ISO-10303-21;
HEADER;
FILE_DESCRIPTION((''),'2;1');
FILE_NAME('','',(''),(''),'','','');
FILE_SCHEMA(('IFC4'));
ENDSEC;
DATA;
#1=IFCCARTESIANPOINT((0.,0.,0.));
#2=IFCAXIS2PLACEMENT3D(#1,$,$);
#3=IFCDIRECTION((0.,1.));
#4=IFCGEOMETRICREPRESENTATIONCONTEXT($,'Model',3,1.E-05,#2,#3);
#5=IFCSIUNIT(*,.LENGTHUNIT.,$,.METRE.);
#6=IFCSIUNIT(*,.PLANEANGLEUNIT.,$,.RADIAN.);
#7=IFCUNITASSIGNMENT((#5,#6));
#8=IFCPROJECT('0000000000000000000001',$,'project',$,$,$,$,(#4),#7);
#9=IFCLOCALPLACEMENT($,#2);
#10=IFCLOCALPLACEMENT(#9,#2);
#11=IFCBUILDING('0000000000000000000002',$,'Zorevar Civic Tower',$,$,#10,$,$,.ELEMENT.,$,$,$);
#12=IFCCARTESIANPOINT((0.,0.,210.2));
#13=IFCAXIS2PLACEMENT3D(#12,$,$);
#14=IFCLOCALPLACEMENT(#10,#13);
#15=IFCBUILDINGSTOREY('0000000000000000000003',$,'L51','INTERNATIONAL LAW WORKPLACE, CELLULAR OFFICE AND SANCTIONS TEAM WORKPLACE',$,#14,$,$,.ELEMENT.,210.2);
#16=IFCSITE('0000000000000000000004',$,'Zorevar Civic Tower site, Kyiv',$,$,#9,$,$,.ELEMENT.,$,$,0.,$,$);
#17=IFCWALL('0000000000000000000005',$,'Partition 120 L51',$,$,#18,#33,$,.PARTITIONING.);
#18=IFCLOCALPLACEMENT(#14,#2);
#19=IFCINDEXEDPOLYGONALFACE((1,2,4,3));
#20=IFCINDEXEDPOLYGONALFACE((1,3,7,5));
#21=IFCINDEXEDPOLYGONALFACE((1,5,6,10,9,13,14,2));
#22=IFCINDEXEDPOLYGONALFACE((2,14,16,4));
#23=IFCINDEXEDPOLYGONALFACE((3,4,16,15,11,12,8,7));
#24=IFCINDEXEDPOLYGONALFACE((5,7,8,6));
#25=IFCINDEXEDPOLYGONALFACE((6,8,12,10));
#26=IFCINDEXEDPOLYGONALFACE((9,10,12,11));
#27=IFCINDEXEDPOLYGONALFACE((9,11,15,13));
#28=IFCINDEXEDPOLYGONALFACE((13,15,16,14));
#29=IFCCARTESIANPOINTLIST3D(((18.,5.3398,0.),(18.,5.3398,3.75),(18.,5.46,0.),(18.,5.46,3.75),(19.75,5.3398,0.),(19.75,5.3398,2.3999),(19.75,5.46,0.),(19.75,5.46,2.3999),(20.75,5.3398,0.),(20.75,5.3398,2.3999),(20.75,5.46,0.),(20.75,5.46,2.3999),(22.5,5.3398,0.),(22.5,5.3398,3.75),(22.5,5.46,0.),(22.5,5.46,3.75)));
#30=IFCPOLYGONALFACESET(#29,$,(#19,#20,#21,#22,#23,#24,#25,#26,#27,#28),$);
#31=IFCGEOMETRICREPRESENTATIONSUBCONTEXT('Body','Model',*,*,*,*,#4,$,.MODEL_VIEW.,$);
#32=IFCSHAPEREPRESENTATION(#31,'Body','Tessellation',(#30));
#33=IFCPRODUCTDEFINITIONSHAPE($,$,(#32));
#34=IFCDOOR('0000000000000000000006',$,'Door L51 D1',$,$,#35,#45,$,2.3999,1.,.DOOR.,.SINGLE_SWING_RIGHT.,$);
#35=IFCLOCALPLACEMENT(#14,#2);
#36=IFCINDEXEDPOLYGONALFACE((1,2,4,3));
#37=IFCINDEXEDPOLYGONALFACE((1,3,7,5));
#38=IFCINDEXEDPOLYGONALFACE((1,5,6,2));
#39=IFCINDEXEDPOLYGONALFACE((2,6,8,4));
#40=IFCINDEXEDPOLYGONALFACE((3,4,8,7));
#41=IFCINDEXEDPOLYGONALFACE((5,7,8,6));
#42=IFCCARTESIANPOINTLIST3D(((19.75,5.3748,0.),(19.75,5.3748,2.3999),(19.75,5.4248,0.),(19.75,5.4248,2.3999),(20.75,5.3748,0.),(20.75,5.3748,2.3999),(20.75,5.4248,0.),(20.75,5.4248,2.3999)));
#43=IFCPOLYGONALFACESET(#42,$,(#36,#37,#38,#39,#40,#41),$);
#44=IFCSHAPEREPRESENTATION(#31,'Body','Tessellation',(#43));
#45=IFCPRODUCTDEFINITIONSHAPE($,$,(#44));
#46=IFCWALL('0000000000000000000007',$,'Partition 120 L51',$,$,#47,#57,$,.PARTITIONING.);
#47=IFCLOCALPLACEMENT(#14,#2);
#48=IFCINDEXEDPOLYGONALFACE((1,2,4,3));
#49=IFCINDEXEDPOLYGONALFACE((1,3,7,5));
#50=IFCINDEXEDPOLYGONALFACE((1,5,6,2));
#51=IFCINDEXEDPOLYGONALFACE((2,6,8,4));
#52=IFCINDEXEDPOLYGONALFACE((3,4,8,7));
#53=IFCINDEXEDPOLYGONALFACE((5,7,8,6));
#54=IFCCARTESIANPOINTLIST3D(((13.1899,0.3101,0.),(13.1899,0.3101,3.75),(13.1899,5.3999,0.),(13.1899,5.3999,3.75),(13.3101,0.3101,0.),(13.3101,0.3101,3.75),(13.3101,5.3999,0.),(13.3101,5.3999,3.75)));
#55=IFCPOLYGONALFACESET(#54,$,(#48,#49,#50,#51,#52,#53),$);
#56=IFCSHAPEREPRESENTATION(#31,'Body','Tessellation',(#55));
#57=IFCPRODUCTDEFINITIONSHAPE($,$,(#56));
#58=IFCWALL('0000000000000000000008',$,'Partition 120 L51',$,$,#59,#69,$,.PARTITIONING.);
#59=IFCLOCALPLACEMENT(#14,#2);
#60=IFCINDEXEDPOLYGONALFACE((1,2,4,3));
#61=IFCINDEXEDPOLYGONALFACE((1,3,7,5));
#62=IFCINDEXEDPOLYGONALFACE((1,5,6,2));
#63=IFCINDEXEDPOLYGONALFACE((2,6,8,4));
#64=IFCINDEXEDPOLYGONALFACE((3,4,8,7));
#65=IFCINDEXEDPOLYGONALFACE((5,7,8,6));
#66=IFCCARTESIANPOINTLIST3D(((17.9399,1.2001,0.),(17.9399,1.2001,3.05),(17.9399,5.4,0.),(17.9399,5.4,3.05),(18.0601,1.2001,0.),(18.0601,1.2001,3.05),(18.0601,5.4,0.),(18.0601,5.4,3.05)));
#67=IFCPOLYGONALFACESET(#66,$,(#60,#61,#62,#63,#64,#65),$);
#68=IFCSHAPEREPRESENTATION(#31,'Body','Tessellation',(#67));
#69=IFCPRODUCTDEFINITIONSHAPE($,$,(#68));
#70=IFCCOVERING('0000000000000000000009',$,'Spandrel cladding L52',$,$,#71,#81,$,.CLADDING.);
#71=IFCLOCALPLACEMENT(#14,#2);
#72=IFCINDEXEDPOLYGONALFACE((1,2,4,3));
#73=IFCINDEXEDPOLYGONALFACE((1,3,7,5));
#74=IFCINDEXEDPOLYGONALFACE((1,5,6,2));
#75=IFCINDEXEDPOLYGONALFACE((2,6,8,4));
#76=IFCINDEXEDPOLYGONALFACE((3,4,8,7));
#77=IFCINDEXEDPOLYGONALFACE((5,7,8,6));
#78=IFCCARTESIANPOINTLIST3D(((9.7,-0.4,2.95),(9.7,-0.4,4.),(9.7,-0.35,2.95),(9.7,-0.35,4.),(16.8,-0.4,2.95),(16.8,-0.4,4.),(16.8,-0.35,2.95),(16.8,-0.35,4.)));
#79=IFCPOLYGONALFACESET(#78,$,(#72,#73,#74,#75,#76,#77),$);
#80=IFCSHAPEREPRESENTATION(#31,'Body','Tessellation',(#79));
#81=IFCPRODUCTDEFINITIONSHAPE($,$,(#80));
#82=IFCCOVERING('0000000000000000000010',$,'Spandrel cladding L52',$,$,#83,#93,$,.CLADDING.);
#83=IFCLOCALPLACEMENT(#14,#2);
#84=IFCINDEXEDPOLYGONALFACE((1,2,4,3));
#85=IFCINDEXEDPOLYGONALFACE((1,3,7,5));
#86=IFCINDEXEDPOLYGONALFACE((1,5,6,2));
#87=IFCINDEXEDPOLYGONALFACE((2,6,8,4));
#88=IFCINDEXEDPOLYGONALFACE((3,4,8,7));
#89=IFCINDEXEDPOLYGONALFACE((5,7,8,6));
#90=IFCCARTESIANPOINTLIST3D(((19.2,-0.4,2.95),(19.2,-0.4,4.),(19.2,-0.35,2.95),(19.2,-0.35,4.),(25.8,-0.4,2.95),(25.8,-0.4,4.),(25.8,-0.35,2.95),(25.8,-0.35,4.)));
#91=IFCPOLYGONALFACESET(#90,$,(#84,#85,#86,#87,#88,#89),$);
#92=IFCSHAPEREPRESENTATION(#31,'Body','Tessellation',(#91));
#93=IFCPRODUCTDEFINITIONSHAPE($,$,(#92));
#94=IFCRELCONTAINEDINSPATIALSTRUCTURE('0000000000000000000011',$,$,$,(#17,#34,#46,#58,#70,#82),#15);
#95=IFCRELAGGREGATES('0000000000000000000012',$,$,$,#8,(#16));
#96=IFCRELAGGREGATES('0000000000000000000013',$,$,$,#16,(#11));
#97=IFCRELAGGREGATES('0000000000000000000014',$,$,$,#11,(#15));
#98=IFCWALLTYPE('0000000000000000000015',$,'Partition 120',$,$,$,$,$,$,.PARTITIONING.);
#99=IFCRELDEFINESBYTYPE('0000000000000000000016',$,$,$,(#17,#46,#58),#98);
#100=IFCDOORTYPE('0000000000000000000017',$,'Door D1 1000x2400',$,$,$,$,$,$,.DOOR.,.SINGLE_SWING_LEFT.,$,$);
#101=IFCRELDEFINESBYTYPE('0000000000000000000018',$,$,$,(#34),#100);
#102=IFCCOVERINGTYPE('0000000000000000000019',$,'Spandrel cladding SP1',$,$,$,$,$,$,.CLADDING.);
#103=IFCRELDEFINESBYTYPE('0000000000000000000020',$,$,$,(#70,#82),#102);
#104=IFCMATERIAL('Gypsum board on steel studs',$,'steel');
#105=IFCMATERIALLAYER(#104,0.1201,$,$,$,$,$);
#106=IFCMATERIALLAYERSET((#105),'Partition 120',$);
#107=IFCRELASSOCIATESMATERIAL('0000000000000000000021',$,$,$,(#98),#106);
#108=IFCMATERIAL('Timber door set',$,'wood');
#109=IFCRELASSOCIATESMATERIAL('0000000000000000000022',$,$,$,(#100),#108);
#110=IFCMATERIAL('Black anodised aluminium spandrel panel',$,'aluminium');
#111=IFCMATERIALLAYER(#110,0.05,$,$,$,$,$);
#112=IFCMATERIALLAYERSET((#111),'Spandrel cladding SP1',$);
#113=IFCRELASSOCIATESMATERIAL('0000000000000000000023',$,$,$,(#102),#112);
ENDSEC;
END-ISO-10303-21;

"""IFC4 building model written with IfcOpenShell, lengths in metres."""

from ifc_helpers import new_model, si_unit, direction, frame, frame_2d, origin, place, context, subcontext, project, spatial, rectangle, extrude, material, layer, layer_set, type_object, element, fill, save


model = new_model("IFC4")

# Units and contexts
model_context = context("Model", 3, precision=1e-05, world=origin(), true_north=direction((0.0, 1.0)))
body_context = subcontext(model_context, "Body", "Model", "MODEL_VIEW")
ifc_project = project(units=[si_unit("LENGTHUNIT", "METRE"), si_unit("PLANEANGLEUNIT", "RADIAN")], contexts=[model_context])

# Site, building, storey
site_placement = place(None, origin())
site = spatial("IfcSite", under=ifc_project, at=site_placement, Name="Zorevar Civic Tower site, Kyiv", CompositionType="ELEMENT", RefElevation=0.0)
building_placement = place(site_placement, origin())
building = spatial("IfcBuilding", under=site, at=building_placement, Name="Zorevar Civic Tower", CompositionType="ELEMENT")
storey_placement = place(building_placement, frame((0.0, 0.0, 210.2)))
storey = spatial("IfcBuildingStorey", under=building, at=storey_placement, Name="L51", Description="INTERNATIONAL LAW WORKPLACE, CELLULAR OFFICE AND SANCTIONS TEAM WORKPLACE", CompositionType="ELEMENT", Elevation=210.2)

# Wall, opening, door
ifc_material_1 = material(Name="Gypsum board on steel studs", Category="steel")
ifc_layer_1 = layer(ifc_material_1, 0.1201)
ifc_layer_set_1 = layer_set([ifc_layer_1], Name="Partition 120")
wall_type_1 = type_object("IfcWallType", Name="Partition 120", PredefinedType="PARTITIONING", material=ifc_layer_set_1)
ifc_material_2 = material(Name="Timber door set", Category="wood")
door_type_1 = type_object("IfcDoorType", Name="Door D1 1000x2400", OperationType="SINGLE_SWING_LEFT", PredefinedType="DOOR", material=ifc_material_2)
wall_1_placement = place(storey_placement, frame((18.0, 5.3999, 0.0), z_axis=(0.0, 0.0, 1.0), x_axis=(1.0, 0.0, 0.0)))
wall_1 = element("IfcWall", 1, at=wall_1_placement, inside=storey, type_object=wall_type_1, Name="Partition 120 L51", PredefinedType="PARTITIONING", context=body_context, shape_type="SweptSolid", body=[
    extrude(rectangle(XDim=4.5, YDim=0.1201, at=frame_2d((2.25, 0.0))), origin(), (0.0, 0.0, 1.0), 3.75),
])
opening_1_placement = place(wall_1_placement, frame((1.75, 0.0, 0.0)))
opening_1 = element("IfcOpeningElement", 2, at=opening_1_placement, cuts=wall_1, PredefinedType="OPENING", context=body_context, shape_type="SweptSolid", body=[
    extrude(rectangle(XDim=1.0, YDim=2.3999, at=frame_2d((0.5, 1.2))), frame((0.0, 0.0701, 0.0), z_axis=(0.0, -1.0, 0.0), x_axis=(1.0, 0.0, 0.0)), (0.0, 0.0, 1.0), 0.1401),
])
door_1_placement = place(opening_1_placement, origin())
door_1 = element("IfcDoor", 3, at=door_1_placement, inside=storey, type_object=door_type_1, Name="Door L51 D1", OperationType="SINGLE_SWING_RIGHT", OverallHeight=2.3999, OverallWidth=1.0, PredefinedType="DOOR", context=body_context, shape_type="SweptSolid", body=[
    extrude(rectangle(XDim=1.0, YDim=2.3999, at=frame_2d((0.5, 1.2))), frame((0.0, 0.0249, 0.0), z_axis=(0.0, -1.0, 0.0), x_axis=(1.0, 0.0, 0.0)), (0.0, 0.0, 1.0), 0.05),
])
fill(opening_1, door_1)

# Walls
wall_2_placement = place(storey_placement, frame((13.25, 0.3101, 0.0), z_axis=(0.0, 0.0, 1.0), x_axis=(0.0, 1.0, 0.0)))
element("IfcWall", 4, at=wall_2_placement, inside=storey, type_object=wall_type_1, Name="Partition 120 L51", PredefinedType="PARTITIONING", context=body_context, shape_type="SweptSolid", body=[
    extrude(rectangle(XDim=5.0898, YDim=0.1201, at=frame_2d((2.5449, 0.0))), origin(), (0.0, 0.0, 1.0), 3.75),
])
wall_3_placement = place(storey_placement, frame((18.0, 1.2, 0.0), z_axis=(0.0, 0.0, 1.0), x_axis=(0.0, 1.0, 0.0)))
element("IfcWall", 5, at=wall_3_placement, inside=storey, type_object=wall_type_1, Name="Partition 120 L51", PredefinedType="PARTITIONING", context=body_context, shape_type="SweptSolid", body=[
    extrude(rectangle(XDim=4.2, YDim=0.1201, at=frame_2d((2.1001, 0.0))), origin(), (0.0, 0.0, 1.0), 3.05),
])

# Coverings
ifc_material_3 = material(Name="Black anodised aluminium spandrel panel", Category="aluminium")
ifc_layer_2 = layer(ifc_material_3, 0.05)
ifc_layer_set_2 = layer_set([ifc_layer_2], Name="Spandrel cladding SP1")
covering_type = type_object("IfcCoveringType", Name="Spandrel cladding SP1", PredefinedType="CLADDING", material=ifc_layer_set_2)
covering_1_placement = place(storey_placement, frame((9.7, -0.375, 2.95), z_axis=(0.0, 0.0, 1.0), x_axis=(1.0, 0.0, 0.0)))
element("IfcCovering", 6, at=covering_1_placement, inside=storey, type_object=covering_type, Name="Spandrel cladding L52", PredefinedType="CLADDING", context=body_context, shape_type="SweptSolid", body=[
    extrude(rectangle(XDim=7.1001, YDim=0.05, at=frame_2d((3.55, 0.0))), origin(), (0.0, 0.0, 1.0), 1.05),
])
covering_2_placement = place(storey_placement, frame((19.2, -0.375, 2.95), z_axis=(0.0, 0.0, 1.0), x_axis=(1.0, 0.0, 0.0)))
element("IfcCovering", 7, at=covering_2_placement, inside=storey, type_object=covering_type, Name="Spandrel cladding L52", PredefinedType="CLADDING", context=body_context, shape_type="SweptSolid", body=[
    extrude(rectangle(XDim=6.6001, YDim=0.05, at=frame_2d((3.3, 0.0))), origin(), (0.0, 0.0, 1.0), 1.05),
])

save(model, "model.ifc")
